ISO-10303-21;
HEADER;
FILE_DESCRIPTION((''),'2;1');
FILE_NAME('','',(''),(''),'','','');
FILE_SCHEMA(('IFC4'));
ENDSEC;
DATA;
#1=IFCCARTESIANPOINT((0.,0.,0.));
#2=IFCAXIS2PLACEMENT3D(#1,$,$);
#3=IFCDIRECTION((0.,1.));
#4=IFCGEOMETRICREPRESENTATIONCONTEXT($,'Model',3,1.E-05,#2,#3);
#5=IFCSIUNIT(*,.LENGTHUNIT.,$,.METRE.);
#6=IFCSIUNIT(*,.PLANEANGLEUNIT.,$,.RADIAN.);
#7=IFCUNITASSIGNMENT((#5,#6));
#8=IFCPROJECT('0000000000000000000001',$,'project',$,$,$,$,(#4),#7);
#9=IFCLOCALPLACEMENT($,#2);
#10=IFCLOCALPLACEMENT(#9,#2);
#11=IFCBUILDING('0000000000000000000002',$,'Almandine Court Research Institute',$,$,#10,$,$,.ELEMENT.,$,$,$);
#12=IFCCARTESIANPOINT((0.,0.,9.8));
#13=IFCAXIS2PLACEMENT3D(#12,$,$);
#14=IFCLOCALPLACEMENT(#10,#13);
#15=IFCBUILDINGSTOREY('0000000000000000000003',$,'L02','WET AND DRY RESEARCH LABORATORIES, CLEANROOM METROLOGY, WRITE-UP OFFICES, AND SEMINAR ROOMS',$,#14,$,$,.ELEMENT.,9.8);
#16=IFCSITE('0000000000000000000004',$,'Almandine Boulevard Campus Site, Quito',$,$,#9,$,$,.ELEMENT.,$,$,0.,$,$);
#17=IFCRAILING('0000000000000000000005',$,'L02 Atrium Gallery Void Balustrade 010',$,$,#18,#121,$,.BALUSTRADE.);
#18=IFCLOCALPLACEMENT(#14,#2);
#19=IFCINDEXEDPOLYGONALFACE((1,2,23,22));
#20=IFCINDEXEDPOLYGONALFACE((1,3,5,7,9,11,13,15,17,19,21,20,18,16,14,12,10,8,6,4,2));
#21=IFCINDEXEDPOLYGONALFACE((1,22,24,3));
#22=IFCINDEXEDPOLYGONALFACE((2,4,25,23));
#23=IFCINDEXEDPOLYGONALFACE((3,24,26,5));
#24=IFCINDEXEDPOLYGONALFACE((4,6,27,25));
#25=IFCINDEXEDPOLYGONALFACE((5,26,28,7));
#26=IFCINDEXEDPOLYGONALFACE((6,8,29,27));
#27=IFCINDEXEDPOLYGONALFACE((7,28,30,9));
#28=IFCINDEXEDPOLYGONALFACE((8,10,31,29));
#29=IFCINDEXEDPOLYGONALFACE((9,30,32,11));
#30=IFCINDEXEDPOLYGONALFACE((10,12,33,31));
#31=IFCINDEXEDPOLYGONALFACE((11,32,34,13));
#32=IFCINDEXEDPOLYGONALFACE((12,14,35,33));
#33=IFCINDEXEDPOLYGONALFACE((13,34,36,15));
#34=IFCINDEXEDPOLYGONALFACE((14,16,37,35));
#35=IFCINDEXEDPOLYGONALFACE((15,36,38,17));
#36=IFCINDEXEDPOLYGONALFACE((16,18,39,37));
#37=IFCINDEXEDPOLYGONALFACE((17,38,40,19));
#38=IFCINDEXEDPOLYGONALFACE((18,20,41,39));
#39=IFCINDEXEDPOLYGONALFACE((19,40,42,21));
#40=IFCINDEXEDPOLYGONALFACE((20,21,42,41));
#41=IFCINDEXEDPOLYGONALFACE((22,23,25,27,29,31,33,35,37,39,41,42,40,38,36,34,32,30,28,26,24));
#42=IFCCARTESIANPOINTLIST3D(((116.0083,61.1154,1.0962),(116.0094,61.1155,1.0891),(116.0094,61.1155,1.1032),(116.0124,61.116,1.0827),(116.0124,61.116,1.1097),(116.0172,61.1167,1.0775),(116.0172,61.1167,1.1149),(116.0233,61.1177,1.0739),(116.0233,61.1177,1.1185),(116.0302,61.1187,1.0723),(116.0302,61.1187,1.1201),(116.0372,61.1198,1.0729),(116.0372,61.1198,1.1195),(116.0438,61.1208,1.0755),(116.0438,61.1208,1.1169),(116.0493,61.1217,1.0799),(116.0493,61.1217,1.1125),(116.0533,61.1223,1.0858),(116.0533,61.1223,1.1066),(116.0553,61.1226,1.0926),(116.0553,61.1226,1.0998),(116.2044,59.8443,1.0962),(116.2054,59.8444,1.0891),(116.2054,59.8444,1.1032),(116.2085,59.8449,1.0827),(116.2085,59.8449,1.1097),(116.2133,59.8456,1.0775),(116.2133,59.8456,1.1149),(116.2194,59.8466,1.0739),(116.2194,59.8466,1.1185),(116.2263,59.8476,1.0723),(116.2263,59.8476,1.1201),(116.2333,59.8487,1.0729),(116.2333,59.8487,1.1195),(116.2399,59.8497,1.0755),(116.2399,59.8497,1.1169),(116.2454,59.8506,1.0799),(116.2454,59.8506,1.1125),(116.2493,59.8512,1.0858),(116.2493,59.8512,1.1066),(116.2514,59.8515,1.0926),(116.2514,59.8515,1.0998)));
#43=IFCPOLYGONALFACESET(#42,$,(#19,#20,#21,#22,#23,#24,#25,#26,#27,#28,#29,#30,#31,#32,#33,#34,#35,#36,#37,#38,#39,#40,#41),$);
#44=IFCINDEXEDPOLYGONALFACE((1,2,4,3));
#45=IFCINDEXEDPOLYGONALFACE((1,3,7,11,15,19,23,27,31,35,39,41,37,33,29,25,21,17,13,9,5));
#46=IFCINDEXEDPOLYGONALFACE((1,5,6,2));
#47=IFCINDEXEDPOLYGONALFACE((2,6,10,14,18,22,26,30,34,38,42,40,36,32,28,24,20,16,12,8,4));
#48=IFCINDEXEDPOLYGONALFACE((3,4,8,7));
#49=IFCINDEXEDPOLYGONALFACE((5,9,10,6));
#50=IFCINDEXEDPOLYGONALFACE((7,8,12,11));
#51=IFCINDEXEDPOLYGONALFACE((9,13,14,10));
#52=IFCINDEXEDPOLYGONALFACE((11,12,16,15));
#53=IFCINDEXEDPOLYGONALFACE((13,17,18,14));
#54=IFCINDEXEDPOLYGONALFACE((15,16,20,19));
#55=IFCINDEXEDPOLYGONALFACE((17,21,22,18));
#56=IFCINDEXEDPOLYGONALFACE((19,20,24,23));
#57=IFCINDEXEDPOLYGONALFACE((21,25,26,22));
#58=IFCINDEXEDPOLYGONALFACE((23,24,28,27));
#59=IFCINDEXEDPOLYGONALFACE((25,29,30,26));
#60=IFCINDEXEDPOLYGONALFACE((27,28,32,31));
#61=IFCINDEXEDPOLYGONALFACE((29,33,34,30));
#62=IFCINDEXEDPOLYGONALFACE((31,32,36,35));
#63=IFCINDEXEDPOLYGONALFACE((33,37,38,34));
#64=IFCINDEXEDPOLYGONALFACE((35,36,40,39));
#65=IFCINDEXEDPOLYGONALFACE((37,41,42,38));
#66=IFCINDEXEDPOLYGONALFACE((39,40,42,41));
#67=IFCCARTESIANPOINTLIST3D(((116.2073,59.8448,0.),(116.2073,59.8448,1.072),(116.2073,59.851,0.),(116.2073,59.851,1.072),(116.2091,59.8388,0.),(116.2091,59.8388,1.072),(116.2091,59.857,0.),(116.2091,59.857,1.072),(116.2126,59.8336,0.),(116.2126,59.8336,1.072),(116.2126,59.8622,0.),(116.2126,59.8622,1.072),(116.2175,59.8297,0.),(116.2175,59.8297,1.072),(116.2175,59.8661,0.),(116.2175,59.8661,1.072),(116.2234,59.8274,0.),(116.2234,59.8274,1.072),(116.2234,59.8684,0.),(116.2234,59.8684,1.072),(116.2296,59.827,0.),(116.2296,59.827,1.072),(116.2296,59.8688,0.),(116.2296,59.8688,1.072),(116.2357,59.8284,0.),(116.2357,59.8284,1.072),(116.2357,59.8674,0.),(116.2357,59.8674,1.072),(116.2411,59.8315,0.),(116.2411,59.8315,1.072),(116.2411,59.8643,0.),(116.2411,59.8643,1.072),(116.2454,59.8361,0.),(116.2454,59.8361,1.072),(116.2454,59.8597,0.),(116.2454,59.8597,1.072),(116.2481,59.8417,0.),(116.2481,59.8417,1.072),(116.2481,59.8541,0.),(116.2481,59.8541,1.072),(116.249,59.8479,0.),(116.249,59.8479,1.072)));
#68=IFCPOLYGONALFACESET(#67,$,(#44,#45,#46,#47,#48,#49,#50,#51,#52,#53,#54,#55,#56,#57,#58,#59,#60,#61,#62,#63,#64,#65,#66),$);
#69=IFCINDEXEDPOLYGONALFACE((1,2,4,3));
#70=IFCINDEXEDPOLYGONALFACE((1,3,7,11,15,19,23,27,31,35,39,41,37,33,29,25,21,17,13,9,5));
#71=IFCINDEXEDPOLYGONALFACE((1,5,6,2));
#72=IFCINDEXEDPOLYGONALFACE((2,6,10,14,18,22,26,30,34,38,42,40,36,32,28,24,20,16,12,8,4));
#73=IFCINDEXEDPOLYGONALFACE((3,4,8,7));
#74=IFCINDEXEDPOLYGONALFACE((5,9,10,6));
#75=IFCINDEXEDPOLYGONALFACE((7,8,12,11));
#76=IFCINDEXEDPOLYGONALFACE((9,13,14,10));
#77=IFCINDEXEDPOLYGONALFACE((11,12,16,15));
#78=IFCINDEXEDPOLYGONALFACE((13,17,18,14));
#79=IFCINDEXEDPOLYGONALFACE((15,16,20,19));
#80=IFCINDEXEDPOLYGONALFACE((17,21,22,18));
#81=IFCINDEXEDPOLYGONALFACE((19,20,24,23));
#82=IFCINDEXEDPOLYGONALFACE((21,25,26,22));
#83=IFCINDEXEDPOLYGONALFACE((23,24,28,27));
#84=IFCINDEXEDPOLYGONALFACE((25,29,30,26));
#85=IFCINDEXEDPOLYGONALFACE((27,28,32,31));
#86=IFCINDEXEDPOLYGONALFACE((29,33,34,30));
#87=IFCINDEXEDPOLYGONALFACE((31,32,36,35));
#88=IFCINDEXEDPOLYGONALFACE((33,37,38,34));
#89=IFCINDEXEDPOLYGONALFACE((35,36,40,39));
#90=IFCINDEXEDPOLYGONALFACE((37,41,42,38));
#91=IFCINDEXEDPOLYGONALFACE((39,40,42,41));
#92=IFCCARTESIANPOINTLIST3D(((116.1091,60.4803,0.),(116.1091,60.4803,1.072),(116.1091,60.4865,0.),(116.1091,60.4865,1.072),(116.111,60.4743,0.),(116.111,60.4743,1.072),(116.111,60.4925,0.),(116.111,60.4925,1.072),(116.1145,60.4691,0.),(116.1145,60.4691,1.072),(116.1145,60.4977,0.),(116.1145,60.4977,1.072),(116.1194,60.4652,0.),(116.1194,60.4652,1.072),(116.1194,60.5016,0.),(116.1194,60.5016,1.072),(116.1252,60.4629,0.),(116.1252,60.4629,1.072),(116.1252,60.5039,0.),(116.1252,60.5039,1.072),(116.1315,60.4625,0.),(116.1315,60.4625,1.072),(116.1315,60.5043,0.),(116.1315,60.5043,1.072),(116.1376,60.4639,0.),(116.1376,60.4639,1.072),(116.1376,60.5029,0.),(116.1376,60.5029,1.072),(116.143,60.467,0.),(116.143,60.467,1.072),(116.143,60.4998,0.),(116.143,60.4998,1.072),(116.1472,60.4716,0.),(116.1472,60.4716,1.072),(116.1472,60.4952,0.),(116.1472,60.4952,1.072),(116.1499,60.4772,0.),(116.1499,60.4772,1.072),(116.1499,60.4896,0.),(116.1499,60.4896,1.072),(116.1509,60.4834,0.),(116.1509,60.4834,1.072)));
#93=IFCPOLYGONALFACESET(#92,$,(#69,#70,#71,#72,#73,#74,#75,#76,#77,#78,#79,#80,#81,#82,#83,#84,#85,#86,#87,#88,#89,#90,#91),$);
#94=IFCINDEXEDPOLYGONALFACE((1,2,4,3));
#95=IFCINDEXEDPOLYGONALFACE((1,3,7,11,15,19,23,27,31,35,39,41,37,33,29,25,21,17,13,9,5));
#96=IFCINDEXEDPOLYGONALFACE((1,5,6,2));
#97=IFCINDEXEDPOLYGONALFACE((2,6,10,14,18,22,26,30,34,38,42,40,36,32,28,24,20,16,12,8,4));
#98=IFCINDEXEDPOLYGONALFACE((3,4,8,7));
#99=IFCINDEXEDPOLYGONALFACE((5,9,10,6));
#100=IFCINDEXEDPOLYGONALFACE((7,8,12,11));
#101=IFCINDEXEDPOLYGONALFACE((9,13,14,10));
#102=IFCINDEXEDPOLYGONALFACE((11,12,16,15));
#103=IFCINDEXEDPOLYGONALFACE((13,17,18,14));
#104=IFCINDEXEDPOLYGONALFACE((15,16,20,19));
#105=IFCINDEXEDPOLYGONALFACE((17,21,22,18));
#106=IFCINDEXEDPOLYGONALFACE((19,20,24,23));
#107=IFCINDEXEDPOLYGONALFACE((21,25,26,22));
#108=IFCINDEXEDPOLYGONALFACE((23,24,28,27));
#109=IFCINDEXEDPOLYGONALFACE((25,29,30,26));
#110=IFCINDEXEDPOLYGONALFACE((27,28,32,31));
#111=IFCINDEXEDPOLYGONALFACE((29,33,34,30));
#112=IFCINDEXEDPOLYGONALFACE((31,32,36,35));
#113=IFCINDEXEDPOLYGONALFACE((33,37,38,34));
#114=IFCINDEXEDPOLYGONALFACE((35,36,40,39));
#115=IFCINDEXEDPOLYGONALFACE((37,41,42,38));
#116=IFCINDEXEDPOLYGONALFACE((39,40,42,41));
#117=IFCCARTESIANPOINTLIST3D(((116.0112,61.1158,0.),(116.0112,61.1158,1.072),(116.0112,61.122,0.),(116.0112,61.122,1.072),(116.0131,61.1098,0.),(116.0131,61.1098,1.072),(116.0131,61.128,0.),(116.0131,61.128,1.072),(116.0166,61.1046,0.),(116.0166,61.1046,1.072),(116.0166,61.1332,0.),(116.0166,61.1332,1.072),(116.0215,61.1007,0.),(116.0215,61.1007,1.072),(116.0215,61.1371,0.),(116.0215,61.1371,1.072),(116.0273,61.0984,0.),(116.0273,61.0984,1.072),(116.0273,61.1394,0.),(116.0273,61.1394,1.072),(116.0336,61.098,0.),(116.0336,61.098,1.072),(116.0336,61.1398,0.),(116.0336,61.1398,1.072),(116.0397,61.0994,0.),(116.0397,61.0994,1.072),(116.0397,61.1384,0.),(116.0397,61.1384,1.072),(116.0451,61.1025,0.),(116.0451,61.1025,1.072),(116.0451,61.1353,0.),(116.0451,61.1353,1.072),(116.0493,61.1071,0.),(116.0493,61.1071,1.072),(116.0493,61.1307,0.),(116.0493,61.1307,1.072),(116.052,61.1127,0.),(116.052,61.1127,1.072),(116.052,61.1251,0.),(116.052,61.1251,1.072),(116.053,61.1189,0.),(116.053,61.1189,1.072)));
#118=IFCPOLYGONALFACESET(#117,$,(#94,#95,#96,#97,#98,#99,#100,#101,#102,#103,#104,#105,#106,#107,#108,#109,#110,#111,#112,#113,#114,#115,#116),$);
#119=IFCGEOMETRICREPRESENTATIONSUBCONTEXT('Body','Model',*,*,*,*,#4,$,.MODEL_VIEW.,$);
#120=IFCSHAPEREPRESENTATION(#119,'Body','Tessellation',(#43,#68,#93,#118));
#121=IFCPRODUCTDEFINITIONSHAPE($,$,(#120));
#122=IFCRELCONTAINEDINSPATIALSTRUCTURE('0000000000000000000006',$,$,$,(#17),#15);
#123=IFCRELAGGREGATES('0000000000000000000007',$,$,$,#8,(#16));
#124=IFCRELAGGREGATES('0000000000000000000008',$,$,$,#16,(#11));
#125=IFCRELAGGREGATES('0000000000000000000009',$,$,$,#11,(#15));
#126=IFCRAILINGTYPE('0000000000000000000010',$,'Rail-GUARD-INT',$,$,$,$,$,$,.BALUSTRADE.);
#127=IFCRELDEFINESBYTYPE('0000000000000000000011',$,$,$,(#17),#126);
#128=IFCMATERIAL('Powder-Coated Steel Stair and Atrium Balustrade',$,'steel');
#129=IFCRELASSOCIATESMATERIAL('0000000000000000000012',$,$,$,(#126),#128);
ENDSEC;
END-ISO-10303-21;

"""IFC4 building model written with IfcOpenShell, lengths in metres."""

from ifc_helpers import new_model, si_unit, direction, frame, origin, origin_2d, place, context, subcontext, project, spatial, circle, extrude, material, type_object, element, save


model = new_model("IFC4")

# Units and contexts
model_context = context("Model", 3, precision=1e-05, world=origin(), true_north=direction((0.0, 1.0)))
body_context = subcontext(model_context, "Body", "Model", "MODEL_VIEW")
ifc_project = project(units=[si_unit("LENGTHUNIT", "METRE"), si_unit("PLANEANGLEUNIT", "RADIAN")], contexts=[model_context])

# Site, building, storey
site_placement = place(None, origin())
site = spatial("IfcSite", under=ifc_project, at=site_placement, Name="Almandine Boulevard Campus Site, Quito", CompositionType="ELEMENT", RefElevation=0.0)
building_placement = place(site_placement, origin())
building = spatial("IfcBuilding", under=site, at=building_placement, Name="Almandine Court Research Institute", CompositionType="ELEMENT")
storey_placement = place(building_placement, frame((0.0, 0.0, 9.8)))
storey = spatial("IfcBuildingStorey", under=building, at=storey_placement, Name="L02", Description="WET AND DRY RESEARCH LABORATORIES, CLEANROOM METROLOGY, WRITE-UP OFFICES, AND SEMINAR ROOMS", CompositionType="ELEMENT", Elevation=9.8)

# Railing
ifc_material_1 = material(Name="Powder-Coated Steel Stair and Atrium Balustrade", Category="steel")
railing_type = type_object("IfcRailingType", Name="Rail-GUARD-INT", PredefinedType="BALUSTRADE", material=ifc_material_1)
railing_1_placement = place(storey_placement, frame((116.228, 59.8479, 0.0)))
element("IfcRailing", 1, at=railing_1_placement, inside=storey, type_object=railing_type, Name="L02 Atrium Gallery Void Balustrade 010", PredefinedType="BALUSTRADE", context=body_context, shape_type="SweptSolid", body=[
    extrude(circle(Radius=0.0239, at=origin_2d()), frame((0.0, 0.0, 1.0962), z_axis=(-0.152442, 0.988312, 0.0), x_axis=(-0.988312, -0.152442, 0.0)), (0.0, 0.0, 1.0), 1.2861),
    extrude(circle(Radius=0.021, at=origin_2d()), origin(), (0.0, 0.0, 1.0), 1.072),
    extrude(circle(Radius=0.021, at=origin_2d()), frame((-0.0981, 0.6355, 0.0)), (0.0, 0.0, 1.0), 1.072),
    extrude(circle(Radius=0.021, at=origin_2d()), frame((-0.196, 1.271, 0.0)), (0.0, 0.0, 1.0), 1.072),
])

save(model, "model.ifc")
